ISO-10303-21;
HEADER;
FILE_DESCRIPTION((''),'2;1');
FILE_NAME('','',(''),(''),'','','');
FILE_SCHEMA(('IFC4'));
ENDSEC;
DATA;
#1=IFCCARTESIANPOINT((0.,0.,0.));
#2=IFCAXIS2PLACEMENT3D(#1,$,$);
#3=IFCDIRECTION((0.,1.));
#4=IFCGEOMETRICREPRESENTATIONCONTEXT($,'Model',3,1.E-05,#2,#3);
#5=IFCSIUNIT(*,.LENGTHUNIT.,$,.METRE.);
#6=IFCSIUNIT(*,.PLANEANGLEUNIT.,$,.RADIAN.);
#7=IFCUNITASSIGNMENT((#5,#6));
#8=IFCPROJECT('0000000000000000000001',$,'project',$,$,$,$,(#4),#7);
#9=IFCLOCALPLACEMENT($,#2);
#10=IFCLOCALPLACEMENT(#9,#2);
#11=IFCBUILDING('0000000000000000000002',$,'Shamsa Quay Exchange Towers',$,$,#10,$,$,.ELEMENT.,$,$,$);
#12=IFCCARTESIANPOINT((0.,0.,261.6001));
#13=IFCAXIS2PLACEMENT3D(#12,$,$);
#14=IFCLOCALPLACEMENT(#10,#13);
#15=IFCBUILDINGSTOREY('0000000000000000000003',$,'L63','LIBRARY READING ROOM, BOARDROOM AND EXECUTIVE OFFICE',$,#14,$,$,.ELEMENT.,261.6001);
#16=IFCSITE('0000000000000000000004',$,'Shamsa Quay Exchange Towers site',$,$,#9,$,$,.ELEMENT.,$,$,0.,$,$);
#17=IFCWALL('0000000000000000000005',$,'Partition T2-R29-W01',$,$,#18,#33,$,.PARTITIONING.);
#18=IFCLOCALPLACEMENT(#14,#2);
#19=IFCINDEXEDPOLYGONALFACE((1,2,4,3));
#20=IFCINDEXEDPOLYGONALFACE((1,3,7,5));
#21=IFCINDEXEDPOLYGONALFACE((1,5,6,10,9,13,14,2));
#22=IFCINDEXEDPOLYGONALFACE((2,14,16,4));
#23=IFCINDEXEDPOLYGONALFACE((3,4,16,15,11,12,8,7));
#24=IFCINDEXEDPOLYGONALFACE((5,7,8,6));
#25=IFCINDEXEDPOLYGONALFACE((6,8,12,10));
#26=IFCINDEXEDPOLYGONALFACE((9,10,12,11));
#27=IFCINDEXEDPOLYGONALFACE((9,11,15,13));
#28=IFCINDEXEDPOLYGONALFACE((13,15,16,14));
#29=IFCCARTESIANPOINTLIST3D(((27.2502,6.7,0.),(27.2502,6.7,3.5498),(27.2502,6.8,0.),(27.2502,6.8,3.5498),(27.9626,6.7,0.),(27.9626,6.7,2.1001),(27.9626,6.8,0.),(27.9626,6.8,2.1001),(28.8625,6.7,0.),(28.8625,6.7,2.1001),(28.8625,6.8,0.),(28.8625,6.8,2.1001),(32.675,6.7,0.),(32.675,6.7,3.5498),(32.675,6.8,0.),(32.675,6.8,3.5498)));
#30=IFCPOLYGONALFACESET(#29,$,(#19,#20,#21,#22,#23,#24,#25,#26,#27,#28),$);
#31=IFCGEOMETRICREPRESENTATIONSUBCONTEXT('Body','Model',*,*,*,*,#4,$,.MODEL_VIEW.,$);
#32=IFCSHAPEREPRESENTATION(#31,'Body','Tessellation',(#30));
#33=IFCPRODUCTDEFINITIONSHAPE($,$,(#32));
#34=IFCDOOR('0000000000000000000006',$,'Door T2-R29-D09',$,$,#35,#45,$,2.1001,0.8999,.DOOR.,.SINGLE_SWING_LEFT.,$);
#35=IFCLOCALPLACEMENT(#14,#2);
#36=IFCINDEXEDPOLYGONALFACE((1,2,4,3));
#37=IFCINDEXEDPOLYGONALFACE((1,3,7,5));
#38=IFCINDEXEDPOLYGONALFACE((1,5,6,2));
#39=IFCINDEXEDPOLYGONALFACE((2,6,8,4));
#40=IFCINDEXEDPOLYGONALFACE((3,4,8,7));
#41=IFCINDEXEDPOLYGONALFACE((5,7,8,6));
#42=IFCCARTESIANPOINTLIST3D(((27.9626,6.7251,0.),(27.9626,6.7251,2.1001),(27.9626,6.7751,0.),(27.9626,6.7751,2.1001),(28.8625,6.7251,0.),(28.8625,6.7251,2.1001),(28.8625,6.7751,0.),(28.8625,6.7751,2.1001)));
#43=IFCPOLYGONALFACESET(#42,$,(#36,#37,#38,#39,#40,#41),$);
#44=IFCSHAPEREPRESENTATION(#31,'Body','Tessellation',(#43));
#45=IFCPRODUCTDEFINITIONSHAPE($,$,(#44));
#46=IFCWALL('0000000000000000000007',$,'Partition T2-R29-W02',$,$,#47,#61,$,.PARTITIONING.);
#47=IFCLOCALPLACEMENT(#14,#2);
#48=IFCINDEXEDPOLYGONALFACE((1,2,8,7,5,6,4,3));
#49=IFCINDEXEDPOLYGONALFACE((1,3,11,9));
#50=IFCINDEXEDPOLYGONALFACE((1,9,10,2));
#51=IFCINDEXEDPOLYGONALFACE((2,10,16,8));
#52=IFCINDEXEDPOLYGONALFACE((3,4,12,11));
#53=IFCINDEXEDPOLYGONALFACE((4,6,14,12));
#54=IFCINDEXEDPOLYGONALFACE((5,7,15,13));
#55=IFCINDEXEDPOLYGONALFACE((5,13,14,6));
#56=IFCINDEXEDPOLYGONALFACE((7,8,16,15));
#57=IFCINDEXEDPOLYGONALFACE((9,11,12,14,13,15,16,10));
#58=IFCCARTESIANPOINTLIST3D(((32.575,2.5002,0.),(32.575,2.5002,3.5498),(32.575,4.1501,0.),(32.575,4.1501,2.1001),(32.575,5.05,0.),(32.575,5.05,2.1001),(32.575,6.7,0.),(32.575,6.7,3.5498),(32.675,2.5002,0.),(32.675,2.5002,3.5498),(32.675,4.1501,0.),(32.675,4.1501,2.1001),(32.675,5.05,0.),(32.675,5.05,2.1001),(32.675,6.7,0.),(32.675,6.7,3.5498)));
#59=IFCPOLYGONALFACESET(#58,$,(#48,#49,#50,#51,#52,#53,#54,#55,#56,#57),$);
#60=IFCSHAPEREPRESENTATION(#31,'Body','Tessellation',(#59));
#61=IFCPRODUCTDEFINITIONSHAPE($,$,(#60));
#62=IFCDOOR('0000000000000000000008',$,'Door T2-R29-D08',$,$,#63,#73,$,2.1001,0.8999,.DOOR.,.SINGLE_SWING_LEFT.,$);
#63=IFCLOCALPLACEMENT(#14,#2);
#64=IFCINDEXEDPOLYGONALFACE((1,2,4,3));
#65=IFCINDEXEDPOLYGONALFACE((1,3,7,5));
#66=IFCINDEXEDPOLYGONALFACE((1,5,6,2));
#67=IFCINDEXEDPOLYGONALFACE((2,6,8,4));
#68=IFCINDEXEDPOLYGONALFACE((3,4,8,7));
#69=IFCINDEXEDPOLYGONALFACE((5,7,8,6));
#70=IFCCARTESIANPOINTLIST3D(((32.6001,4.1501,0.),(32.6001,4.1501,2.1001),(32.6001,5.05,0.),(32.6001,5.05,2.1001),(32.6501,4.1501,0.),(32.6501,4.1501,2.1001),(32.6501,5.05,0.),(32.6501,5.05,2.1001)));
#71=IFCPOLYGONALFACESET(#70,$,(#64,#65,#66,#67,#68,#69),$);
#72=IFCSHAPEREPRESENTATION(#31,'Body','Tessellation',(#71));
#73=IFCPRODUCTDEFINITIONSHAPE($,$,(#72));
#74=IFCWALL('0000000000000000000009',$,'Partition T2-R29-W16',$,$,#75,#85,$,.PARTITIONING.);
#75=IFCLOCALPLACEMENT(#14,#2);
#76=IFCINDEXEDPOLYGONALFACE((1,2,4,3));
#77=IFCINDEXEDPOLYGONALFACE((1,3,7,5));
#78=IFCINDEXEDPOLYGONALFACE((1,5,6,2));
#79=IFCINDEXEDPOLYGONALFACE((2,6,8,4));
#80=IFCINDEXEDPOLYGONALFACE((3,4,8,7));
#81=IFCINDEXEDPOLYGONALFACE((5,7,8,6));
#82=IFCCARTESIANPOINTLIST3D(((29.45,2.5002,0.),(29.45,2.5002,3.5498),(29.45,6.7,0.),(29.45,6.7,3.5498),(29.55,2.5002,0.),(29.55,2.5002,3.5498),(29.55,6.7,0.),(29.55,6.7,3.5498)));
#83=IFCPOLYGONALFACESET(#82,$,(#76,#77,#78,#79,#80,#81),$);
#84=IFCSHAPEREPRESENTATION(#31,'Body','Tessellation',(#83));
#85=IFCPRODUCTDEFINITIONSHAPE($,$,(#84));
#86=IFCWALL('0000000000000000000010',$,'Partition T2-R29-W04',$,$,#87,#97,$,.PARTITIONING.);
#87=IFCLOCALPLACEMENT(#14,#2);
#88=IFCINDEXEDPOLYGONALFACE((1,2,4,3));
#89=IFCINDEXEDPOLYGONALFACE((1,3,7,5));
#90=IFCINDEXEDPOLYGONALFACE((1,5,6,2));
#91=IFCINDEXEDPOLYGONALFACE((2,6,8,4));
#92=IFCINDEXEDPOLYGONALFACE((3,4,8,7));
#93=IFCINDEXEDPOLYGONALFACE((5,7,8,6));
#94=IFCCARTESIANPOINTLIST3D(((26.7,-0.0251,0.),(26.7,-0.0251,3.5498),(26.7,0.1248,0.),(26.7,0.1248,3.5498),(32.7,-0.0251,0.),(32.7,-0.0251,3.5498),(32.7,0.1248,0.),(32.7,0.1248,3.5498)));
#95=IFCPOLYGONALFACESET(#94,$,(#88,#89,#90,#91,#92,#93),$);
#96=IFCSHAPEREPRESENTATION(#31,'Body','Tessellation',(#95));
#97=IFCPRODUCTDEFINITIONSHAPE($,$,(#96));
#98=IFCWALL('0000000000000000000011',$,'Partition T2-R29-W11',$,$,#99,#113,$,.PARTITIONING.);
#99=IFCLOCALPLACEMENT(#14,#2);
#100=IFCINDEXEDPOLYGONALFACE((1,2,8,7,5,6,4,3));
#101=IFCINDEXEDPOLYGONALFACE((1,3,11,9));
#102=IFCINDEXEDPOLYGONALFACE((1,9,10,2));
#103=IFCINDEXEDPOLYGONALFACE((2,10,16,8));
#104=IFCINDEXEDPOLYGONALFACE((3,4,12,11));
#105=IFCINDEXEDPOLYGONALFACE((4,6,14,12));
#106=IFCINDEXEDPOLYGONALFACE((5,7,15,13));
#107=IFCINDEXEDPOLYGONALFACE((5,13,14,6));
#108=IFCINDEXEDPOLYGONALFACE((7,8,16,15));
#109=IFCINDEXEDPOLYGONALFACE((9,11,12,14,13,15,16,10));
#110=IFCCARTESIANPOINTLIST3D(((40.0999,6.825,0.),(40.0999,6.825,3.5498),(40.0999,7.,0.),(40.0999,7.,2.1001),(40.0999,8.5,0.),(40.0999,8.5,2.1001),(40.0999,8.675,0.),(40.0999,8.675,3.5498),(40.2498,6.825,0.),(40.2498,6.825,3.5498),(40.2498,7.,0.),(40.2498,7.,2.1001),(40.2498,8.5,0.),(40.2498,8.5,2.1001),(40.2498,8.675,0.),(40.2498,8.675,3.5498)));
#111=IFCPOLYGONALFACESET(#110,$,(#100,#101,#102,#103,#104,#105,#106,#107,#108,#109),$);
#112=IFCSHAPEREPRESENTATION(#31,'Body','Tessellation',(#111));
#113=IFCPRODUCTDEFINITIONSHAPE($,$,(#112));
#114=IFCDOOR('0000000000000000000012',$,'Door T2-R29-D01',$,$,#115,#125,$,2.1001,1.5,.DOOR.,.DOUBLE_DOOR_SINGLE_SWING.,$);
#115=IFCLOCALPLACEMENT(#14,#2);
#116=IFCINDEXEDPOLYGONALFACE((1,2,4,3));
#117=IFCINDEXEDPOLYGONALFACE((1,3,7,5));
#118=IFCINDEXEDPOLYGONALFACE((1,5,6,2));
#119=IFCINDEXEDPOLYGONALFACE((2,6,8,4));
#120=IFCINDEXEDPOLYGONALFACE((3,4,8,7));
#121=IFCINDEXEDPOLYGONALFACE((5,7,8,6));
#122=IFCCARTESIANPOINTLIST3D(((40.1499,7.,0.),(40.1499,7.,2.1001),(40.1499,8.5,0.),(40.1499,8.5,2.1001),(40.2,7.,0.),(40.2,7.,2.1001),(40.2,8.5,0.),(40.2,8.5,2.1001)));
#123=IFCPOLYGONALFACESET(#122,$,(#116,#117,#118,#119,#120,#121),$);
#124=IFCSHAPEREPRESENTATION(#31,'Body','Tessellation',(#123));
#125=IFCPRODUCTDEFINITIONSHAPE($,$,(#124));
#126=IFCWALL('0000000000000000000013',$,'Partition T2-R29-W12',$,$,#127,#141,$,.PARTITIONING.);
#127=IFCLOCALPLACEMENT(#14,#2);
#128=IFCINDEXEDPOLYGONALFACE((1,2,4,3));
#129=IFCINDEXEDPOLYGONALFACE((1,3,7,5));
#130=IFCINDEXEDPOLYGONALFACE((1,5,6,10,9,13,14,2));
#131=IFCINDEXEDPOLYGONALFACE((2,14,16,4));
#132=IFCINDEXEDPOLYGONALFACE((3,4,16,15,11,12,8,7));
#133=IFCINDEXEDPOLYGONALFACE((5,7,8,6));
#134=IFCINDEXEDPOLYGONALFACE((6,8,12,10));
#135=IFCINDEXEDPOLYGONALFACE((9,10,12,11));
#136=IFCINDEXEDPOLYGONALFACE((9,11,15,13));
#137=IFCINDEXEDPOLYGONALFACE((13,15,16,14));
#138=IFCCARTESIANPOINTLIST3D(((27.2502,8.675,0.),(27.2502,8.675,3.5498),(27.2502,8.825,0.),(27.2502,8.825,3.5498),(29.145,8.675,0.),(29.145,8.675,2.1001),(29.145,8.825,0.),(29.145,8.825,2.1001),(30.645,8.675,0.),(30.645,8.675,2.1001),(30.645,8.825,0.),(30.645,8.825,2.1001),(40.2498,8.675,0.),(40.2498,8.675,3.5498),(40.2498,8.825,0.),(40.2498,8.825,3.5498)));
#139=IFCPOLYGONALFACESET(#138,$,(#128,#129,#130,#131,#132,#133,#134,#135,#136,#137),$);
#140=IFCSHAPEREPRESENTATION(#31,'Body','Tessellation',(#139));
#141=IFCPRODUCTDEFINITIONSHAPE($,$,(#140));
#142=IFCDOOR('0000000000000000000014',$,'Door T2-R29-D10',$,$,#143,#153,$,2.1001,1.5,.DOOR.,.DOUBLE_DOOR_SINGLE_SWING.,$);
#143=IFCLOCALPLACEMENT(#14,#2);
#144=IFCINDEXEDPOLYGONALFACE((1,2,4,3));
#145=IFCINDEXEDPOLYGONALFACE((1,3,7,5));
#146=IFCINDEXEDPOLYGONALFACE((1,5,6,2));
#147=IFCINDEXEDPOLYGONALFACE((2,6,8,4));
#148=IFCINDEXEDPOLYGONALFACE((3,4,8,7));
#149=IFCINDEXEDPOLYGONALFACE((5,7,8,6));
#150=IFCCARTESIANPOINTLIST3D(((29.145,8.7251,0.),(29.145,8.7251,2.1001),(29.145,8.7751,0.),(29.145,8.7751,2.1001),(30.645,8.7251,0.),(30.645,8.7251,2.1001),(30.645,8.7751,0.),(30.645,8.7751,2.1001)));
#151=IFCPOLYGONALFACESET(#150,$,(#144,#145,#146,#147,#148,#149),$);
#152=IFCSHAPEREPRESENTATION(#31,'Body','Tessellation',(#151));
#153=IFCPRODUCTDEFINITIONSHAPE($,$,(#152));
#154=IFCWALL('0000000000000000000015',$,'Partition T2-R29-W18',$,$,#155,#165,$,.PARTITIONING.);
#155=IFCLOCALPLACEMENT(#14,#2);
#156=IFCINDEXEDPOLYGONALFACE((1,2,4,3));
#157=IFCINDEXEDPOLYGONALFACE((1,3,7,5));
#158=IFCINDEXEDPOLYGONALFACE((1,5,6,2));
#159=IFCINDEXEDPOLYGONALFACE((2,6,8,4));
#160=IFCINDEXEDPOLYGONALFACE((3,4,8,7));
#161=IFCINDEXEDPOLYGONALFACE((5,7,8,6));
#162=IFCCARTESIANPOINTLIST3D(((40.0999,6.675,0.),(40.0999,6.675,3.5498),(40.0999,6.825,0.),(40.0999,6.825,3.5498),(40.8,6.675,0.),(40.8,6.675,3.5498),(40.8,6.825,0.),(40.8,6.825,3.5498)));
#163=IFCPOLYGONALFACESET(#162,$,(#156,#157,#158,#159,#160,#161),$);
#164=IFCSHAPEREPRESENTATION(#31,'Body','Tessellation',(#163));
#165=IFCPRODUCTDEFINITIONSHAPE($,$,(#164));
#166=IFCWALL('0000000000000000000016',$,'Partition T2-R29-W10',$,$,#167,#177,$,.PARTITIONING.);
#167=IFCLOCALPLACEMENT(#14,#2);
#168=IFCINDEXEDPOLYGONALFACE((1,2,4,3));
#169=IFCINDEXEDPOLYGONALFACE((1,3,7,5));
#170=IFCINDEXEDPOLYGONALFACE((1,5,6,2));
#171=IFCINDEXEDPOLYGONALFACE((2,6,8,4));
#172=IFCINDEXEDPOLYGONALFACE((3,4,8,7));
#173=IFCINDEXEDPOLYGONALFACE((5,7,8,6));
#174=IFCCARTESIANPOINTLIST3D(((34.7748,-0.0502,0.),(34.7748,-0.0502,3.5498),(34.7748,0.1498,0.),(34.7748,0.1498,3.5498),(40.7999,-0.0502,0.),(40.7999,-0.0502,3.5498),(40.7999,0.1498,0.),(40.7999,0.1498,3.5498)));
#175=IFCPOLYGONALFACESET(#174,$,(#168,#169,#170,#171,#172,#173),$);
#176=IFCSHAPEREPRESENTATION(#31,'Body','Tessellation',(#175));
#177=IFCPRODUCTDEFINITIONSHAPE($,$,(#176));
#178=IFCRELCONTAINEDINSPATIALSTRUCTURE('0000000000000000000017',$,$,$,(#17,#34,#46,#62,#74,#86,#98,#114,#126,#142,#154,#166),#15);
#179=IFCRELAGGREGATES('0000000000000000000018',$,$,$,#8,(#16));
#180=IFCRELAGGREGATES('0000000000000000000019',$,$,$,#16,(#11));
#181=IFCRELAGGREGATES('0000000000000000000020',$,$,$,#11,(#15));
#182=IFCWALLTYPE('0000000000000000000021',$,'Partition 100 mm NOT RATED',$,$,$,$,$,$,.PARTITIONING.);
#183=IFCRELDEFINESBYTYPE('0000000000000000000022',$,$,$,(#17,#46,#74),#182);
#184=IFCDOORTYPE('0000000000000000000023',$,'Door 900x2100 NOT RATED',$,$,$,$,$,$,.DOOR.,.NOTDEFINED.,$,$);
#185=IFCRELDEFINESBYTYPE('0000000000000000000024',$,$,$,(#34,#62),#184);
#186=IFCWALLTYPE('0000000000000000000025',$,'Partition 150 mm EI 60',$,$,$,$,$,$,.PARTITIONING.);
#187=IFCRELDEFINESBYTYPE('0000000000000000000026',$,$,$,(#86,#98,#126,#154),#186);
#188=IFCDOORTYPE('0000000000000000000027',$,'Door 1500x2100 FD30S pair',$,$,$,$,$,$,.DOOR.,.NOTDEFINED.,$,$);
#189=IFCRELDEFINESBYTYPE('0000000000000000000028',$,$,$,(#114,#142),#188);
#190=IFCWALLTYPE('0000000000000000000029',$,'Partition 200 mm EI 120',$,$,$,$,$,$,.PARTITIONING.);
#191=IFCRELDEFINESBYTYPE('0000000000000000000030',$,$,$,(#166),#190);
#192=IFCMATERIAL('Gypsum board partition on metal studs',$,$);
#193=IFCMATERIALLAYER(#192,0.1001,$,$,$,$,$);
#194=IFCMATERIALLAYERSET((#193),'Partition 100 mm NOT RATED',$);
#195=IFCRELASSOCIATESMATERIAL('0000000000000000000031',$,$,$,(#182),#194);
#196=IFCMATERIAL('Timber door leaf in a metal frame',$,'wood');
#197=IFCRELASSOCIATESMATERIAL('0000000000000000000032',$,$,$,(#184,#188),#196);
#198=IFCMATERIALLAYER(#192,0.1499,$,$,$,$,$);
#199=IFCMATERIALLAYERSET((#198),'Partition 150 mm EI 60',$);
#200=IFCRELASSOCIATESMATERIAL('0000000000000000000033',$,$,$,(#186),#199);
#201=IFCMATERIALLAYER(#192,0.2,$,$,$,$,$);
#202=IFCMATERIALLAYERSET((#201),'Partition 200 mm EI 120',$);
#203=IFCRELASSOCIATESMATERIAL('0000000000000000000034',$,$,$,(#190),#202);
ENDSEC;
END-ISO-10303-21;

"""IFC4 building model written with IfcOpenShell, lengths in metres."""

from ifc_helpers import new_model, si_unit, direction, frame, frame_2d, origin, place, context, subcontext, project, spatial, rectangle, extrude, material, layer, layer_set, type_object, element, fill, save


model = new_model("IFC4")

# Units and contexts
model_context = context("Model", 3, precision=1e-05, world=origin(), true_north=direction((0.0, 1.0)))
body_context = subcontext(model_context, "Body", "Model", "MODEL_VIEW")
ifc_project = project(units=[si_unit("LENGTHUNIT", "METRE"), si_unit("PLANEANGLEUNIT", "RADIAN")], contexts=[model_context])

# Site, building, storey
site_placement = place(None, origin())
site = spatial("IfcSite", under=ifc_project, at=site_placement, Name="Shamsa Quay Exchange Towers site", CompositionType="ELEMENT", RefElevation=0.0)
building_placement = place(site_placement, origin())
building = spatial("IfcBuilding", under=site, at=building_placement, Name="Shamsa Quay Exchange Towers", CompositionType="ELEMENT")
storey_placement = place(building_placement, frame((0.0, 0.0, 261.6001)))
storey = spatial("IfcBuildingStorey", under=building, at=storey_placement, Name="L63", Description="LIBRARY READING ROOM, BOARDROOM AND EXECUTIVE OFFICE", CompositionType="ELEMENT", Elevation=261.6001)

# Shared definitions
ifc_material_1 = material(Name="Timber door leaf in a metal frame", Category="wood")

# Walls, openings, doors
ifc_material_2 = material(Name="Gypsum board partition on metal studs")
ifc_layer_1 = layer(ifc_material_2, 0.1001)
ifc_layer_set_1 = layer_set([ifc_layer_1], Name="Partition 100 mm NOT RATED")
wall_type_1 = type_object("IfcWallType", Name="Partition 100 mm NOT RATED", PredefinedType="PARTITIONING", material=ifc_layer_set_1)
wall_1_placement = place(storey_placement, frame((32.675, 6.75, 0.0), z_axis=(0.0, 0.0, 1.0), x_axis=(-1.0, 0.0, 0.0)))
wall_1 = element("IfcWall", 1, at=wall_1_placement, inside=storey, type_object=wall_type_1, Name="Partition T2-R29-W01", PredefinedType="PARTITIONING", context=body_context, shape_type="SweptSolid", body=[
    extrude(rectangle(XDim=5.4248, YDim=0.1001, at=frame_2d((2.7124, 0.0))), origin(), (0.0, 0.0, 1.0), 3.5498),
])
opening_1_placement = place(wall_1_placement, frame((3.8125, 0.0, 0.0)))
opening_1 = element("IfcOpeningElement", 2, at=opening_1_placement, cuts=wall_1, PredefinedType="OPENING", context=body_context, shape_type="SweptSolid", body=[
    extrude(rectangle(XDim=0.8999, YDim=2.1001, at=frame_2d((0.45, 1.05))), frame((0.0, 0.0601, 0.0), z_axis=(0.0, -1.0, 0.0), x_axis=(1.0, 0.0, 0.0)), (0.0, 0.0, 1.0), 0.1201),
])
door_type_1 = type_object("IfcDoorType", Name="Door 900x2100 NOT RATED", OperationType="NOTDEFINED", PredefinedType="DOOR", material=ifc_material_1)
door_1_placement = place(opening_1_placement, origin())
door_1 = element("IfcDoor", 3, at=door_1_placement, inside=storey, type_object=door_type_1, Name="Door T2-R29-D09", OperationType="SINGLE_SWING_LEFT", OverallHeight=2.1001, OverallWidth=0.8999, PredefinedType="DOOR", context=body_context, shape_type="SweptSolid", body=[
    extrude(rectangle(XDim=0.8999, YDim=2.1001, at=frame_2d((0.45, 1.05))), frame((0.0, 0.0249, 0.0), z_axis=(0.0, -1.0, 0.0), x_axis=(1.0, 0.0, 0.0)), (0.0, 0.0, 1.0), 0.05),
])
fill(opening_1, door_1)
wall_2_placement = place(storey_placement, frame((32.625, 2.5002, 0.0), z_axis=(0.0, 0.0, 1.0), x_axis=(0.0, 1.0, 0.0)))
wall_2 = element("IfcWall", 4, at=wall_2_placement, inside=storey, type_object=wall_type_1, Name="Partition T2-R29-W02", PredefinedType="PARTITIONING", context=body_context, shape_type="SweptSolid", body=[
    extrude(rectangle(XDim=4.1997, YDim=0.1001, at=frame_2d((2.0999, 0.0))), origin(), (0.0, 0.0, 1.0), 3.5498),
])
opening_2_placement = place(wall_2_placement, frame((1.6499, 0.0, 0.0)))
opening_2 = element("IfcOpeningElement", 5, at=opening_2_placement, cuts=wall_2, PredefinedType="OPENING", context=body_context, shape_type="SweptSolid", body=[
    extrude(rectangle(XDim=0.8999, YDim=2.1001, at=frame_2d((0.45, 1.05))), frame((0.0, 0.0601, 0.0), z_axis=(0.0, -1.0, 0.0), x_axis=(1.0, 0.0, 0.0)), (0.0, 0.0, 1.0), 0.1201),
])
door_2_placement = place(opening_2_placement, origin())
door_2 = element("IfcDoor", 6, at=door_2_placement, inside=storey, type_object=door_type_1, Name="Door T2-R29-D08", OperationType="SINGLE_SWING_LEFT", OverallHeight=2.1001, OverallWidth=0.8999, PredefinedType="DOOR", context=body_context, shape_type="SweptSolid", body=[
    extrude(rectangle(XDim=0.8999, YDim=2.1001, at=frame_2d((0.45, 1.05))), frame((0.0, 0.0249, 0.0), z_axis=(0.0, -1.0, 0.0), x_axis=(1.0, 0.0, 0.0)), (0.0, 0.0, 1.0), 0.05),
])
fill(opening_2, door_2)

# Walls
wall_3_placement = place(storey_placement, frame((29.5, 6.7, 0.0), z_axis=(0.0, 0.0, 1.0), x_axis=(0.0, -1.0, 0.0)))
element("IfcWall", 7, at=wall_3_placement, inside=storey, type_object=wall_type_1, Name="Partition T2-R29-W16", PredefinedType="PARTITIONING", context=body_context, shape_type="SweptSolid", body=[
    extrude(rectangle(XDim=4.1997, YDim=0.1001, at=frame_2d((2.0999, 0.0))), origin(), (0.0, 0.0, 1.0), 3.5498),
])
ifc_layer_2 = layer(ifc_material_2, 0.1499)
ifc_layer_set_2 = layer_set([ifc_layer_2], Name="Partition 150 mm EI 60")
wall_type_2 = type_object("IfcWallType", Name="Partition 150 mm EI 60", PredefinedType="PARTITIONING", material=ifc_layer_set_2)
wall_4_placement = place(storey_placement, frame((32.7, 0.0498, 0.0), z_axis=(0.0, 0.0, 1.0), x_axis=(-1.0, 0.0, 0.0)))
element("IfcWall", 8, at=wall_4_placement, inside=storey, type_object=wall_type_2, Name="Partition T2-R29-W04", PredefinedType="PARTITIONING", context=body_context, shape_type="SweptSolid", body=[
    extrude(rectangle(XDim=6.0, YDim=0.1499, at=frame_2d((3.0, 0.0))), origin(), (0.0, 0.0, 1.0), 3.5498),
])

# Walls, openings, doors
wall_5_placement = place(storey_placement, frame((40.1748, 6.825, 0.0), z_axis=(0.0, 0.0, 1.0), x_axis=(0.0, 1.0, 0.0)))
wall_5 = element("IfcWall", 9, at=wall_5_placement, inside=storey, type_object=wall_type_2, Name="Partition T2-R29-W11", PredefinedType="PARTITIONING", context=body_context, shape_type="SweptSolid", body=[
    extrude(rectangle(XDim=1.8501, YDim=0.1499, at=frame_2d((0.925, 0.0))), origin(), (0.0, 0.0, 1.0), 3.5498),
])
opening_3_placement = place(wall_5_placement, frame((0.175, 0.0, 0.0)))
opening_3 = element("IfcOpeningElement", 10, at=opening_3_placement, cuts=wall_5, PredefinedType="OPENING", context=body_context, shape_type="SweptSolid", body=[
    extrude(rectangle(XDim=1.5, YDim=2.1001, at=frame_2d((0.75, 1.05))), frame((0.0, 0.085, 0.0), z_axis=(0.0, -1.0, 0.0), x_axis=(1.0, 0.0, 0.0)), (0.0, 0.0, 1.0), 0.1699),
])
door_type_2 = type_object("IfcDoorType", Name="Door 1500x2100 FD30S pair", OperationType="NOTDEFINED", PredefinedType="DOOR", material=ifc_material_1)
door_3_placement = place(opening_3_placement, origin())
door_3 = element("IfcDoor", 11, at=door_3_placement, inside=storey, type_object=door_type_2, Name="Door T2-R29-D01", OperationType="DOUBLE_DOOR_SINGLE_SWING", OverallHeight=2.1001, OverallWidth=1.5, PredefinedType="DOOR", context=body_context, shape_type="SweptSolid", body=[
    extrude(rectangle(XDim=1.5, YDim=2.1001, at=frame_2d((0.75, 1.05))), frame((0.0, 0.0249, 0.0), z_axis=(0.0, -1.0, 0.0), x_axis=(1.0, 0.0, 0.0)), (0.0, 0.0, 1.0), 0.05),
])
fill(opening_3, door_3)
wall_6_placement = place(storey_placement, frame((40.2498, 8.75, 0.0), z_axis=(0.0, 0.0, 1.0), x_axis=(-1.0, 0.0, 0.0)))
wall_6 = element("IfcWall", 12, at=wall_6_placement, inside=storey, type_object=wall_type_2, Name="Partition T2-R29-W12", PredefinedType="PARTITIONING", context=body_context, shape_type="SweptSolid", body=[
    extrude(rectangle(XDim=12.9995, YDim=0.1499, at=frame_2d((6.4998, 0.0))), origin(), (0.0, 0.0, 1.0), 3.5498),
])
opening_4_placement = place(wall_6_placement, frame((9.6047, 0.0, 0.0)))
opening_4 = element("IfcOpeningElement", 13, at=opening_4_placement, cuts=wall_6, PredefinedType="OPENING", context=body_context, shape_type="SweptSolid", body=[
    extrude(rectangle(XDim=1.5, YDim=2.1001, at=frame_2d((0.75, 1.05))), frame((0.0, 0.085, 0.0), z_axis=(0.0, -1.0, 0.0), x_axis=(1.0, 0.0, 0.0)), (0.0, 0.0, 1.0), 0.1699),
])
door_4_placement = place(opening_4_placement, origin())
door_4 = element("IfcDoor", 14, at=door_4_placement, inside=storey, type_object=door_type_2, Name="Door T2-R29-D10", OperationType="DOUBLE_DOOR_SINGLE_SWING", OverallHeight=2.1001, OverallWidth=1.5, PredefinedType="DOOR", context=body_context, shape_type="SweptSolid", body=[
    extrude(rectangle(XDim=1.5, YDim=2.1001, at=frame_2d((0.75, 1.05))), frame((0.0, 0.0249, 0.0), z_axis=(0.0, -1.0, 0.0), x_axis=(1.0, 0.0, 0.0)), (0.0, 0.0, 1.0), 0.05),
])
fill(opening_4, door_4)

# Walls
wall_7_placement = place(storey_placement, frame((40.8, 6.75, 0.0), z_axis=(0.0, 0.0, 1.0), x_axis=(-1.0, 0.0, 0.0)))
element("IfcWall", 15, at=wall_7_placement, inside=storey, type_object=wall_type_2, Name="Partition T2-R29-W18", PredefinedType="PARTITIONING", context=body_context, shape_type="SweptSolid", body=[
    extrude(rectangle(XDim=0.7002, YDim=0.1499, at=frame_2d((0.3501, 0.0))), origin(), (0.0, 0.0, 1.0), 3.5498),
])
ifc_layer_3 = layer(ifc_material_2, 0.2)
ifc_layer_set_3 = layer_set([ifc_layer_3], Name="Partition 200 mm EI 120")
wall_type_3 = type_object("IfcWallType", Name="Partition 200 mm EI 120", PredefinedType="PARTITIONING", material=ifc_layer_set_3)
wall_8_placement = place(storey_placement, frame((40.8, 0.0498, 0.0), z_axis=(0.0, 0.0, 1.0), x_axis=(-1.0, 0.0, 0.0)))
element("IfcWall", 16, at=wall_8_placement, inside=storey, type_object=wall_type_3, Name="Partition T2-R29-W10", PredefinedType="PARTITIONING", context=body_context, shape_type="SweptSolid", body=[
    extrude(rectangle(XDim=6.0251, YDim=0.2, at=frame_2d((3.0127, 0.0))), origin(), (0.0, 0.0, 1.0), 3.5498),
])

save(model, "model.ifc")
